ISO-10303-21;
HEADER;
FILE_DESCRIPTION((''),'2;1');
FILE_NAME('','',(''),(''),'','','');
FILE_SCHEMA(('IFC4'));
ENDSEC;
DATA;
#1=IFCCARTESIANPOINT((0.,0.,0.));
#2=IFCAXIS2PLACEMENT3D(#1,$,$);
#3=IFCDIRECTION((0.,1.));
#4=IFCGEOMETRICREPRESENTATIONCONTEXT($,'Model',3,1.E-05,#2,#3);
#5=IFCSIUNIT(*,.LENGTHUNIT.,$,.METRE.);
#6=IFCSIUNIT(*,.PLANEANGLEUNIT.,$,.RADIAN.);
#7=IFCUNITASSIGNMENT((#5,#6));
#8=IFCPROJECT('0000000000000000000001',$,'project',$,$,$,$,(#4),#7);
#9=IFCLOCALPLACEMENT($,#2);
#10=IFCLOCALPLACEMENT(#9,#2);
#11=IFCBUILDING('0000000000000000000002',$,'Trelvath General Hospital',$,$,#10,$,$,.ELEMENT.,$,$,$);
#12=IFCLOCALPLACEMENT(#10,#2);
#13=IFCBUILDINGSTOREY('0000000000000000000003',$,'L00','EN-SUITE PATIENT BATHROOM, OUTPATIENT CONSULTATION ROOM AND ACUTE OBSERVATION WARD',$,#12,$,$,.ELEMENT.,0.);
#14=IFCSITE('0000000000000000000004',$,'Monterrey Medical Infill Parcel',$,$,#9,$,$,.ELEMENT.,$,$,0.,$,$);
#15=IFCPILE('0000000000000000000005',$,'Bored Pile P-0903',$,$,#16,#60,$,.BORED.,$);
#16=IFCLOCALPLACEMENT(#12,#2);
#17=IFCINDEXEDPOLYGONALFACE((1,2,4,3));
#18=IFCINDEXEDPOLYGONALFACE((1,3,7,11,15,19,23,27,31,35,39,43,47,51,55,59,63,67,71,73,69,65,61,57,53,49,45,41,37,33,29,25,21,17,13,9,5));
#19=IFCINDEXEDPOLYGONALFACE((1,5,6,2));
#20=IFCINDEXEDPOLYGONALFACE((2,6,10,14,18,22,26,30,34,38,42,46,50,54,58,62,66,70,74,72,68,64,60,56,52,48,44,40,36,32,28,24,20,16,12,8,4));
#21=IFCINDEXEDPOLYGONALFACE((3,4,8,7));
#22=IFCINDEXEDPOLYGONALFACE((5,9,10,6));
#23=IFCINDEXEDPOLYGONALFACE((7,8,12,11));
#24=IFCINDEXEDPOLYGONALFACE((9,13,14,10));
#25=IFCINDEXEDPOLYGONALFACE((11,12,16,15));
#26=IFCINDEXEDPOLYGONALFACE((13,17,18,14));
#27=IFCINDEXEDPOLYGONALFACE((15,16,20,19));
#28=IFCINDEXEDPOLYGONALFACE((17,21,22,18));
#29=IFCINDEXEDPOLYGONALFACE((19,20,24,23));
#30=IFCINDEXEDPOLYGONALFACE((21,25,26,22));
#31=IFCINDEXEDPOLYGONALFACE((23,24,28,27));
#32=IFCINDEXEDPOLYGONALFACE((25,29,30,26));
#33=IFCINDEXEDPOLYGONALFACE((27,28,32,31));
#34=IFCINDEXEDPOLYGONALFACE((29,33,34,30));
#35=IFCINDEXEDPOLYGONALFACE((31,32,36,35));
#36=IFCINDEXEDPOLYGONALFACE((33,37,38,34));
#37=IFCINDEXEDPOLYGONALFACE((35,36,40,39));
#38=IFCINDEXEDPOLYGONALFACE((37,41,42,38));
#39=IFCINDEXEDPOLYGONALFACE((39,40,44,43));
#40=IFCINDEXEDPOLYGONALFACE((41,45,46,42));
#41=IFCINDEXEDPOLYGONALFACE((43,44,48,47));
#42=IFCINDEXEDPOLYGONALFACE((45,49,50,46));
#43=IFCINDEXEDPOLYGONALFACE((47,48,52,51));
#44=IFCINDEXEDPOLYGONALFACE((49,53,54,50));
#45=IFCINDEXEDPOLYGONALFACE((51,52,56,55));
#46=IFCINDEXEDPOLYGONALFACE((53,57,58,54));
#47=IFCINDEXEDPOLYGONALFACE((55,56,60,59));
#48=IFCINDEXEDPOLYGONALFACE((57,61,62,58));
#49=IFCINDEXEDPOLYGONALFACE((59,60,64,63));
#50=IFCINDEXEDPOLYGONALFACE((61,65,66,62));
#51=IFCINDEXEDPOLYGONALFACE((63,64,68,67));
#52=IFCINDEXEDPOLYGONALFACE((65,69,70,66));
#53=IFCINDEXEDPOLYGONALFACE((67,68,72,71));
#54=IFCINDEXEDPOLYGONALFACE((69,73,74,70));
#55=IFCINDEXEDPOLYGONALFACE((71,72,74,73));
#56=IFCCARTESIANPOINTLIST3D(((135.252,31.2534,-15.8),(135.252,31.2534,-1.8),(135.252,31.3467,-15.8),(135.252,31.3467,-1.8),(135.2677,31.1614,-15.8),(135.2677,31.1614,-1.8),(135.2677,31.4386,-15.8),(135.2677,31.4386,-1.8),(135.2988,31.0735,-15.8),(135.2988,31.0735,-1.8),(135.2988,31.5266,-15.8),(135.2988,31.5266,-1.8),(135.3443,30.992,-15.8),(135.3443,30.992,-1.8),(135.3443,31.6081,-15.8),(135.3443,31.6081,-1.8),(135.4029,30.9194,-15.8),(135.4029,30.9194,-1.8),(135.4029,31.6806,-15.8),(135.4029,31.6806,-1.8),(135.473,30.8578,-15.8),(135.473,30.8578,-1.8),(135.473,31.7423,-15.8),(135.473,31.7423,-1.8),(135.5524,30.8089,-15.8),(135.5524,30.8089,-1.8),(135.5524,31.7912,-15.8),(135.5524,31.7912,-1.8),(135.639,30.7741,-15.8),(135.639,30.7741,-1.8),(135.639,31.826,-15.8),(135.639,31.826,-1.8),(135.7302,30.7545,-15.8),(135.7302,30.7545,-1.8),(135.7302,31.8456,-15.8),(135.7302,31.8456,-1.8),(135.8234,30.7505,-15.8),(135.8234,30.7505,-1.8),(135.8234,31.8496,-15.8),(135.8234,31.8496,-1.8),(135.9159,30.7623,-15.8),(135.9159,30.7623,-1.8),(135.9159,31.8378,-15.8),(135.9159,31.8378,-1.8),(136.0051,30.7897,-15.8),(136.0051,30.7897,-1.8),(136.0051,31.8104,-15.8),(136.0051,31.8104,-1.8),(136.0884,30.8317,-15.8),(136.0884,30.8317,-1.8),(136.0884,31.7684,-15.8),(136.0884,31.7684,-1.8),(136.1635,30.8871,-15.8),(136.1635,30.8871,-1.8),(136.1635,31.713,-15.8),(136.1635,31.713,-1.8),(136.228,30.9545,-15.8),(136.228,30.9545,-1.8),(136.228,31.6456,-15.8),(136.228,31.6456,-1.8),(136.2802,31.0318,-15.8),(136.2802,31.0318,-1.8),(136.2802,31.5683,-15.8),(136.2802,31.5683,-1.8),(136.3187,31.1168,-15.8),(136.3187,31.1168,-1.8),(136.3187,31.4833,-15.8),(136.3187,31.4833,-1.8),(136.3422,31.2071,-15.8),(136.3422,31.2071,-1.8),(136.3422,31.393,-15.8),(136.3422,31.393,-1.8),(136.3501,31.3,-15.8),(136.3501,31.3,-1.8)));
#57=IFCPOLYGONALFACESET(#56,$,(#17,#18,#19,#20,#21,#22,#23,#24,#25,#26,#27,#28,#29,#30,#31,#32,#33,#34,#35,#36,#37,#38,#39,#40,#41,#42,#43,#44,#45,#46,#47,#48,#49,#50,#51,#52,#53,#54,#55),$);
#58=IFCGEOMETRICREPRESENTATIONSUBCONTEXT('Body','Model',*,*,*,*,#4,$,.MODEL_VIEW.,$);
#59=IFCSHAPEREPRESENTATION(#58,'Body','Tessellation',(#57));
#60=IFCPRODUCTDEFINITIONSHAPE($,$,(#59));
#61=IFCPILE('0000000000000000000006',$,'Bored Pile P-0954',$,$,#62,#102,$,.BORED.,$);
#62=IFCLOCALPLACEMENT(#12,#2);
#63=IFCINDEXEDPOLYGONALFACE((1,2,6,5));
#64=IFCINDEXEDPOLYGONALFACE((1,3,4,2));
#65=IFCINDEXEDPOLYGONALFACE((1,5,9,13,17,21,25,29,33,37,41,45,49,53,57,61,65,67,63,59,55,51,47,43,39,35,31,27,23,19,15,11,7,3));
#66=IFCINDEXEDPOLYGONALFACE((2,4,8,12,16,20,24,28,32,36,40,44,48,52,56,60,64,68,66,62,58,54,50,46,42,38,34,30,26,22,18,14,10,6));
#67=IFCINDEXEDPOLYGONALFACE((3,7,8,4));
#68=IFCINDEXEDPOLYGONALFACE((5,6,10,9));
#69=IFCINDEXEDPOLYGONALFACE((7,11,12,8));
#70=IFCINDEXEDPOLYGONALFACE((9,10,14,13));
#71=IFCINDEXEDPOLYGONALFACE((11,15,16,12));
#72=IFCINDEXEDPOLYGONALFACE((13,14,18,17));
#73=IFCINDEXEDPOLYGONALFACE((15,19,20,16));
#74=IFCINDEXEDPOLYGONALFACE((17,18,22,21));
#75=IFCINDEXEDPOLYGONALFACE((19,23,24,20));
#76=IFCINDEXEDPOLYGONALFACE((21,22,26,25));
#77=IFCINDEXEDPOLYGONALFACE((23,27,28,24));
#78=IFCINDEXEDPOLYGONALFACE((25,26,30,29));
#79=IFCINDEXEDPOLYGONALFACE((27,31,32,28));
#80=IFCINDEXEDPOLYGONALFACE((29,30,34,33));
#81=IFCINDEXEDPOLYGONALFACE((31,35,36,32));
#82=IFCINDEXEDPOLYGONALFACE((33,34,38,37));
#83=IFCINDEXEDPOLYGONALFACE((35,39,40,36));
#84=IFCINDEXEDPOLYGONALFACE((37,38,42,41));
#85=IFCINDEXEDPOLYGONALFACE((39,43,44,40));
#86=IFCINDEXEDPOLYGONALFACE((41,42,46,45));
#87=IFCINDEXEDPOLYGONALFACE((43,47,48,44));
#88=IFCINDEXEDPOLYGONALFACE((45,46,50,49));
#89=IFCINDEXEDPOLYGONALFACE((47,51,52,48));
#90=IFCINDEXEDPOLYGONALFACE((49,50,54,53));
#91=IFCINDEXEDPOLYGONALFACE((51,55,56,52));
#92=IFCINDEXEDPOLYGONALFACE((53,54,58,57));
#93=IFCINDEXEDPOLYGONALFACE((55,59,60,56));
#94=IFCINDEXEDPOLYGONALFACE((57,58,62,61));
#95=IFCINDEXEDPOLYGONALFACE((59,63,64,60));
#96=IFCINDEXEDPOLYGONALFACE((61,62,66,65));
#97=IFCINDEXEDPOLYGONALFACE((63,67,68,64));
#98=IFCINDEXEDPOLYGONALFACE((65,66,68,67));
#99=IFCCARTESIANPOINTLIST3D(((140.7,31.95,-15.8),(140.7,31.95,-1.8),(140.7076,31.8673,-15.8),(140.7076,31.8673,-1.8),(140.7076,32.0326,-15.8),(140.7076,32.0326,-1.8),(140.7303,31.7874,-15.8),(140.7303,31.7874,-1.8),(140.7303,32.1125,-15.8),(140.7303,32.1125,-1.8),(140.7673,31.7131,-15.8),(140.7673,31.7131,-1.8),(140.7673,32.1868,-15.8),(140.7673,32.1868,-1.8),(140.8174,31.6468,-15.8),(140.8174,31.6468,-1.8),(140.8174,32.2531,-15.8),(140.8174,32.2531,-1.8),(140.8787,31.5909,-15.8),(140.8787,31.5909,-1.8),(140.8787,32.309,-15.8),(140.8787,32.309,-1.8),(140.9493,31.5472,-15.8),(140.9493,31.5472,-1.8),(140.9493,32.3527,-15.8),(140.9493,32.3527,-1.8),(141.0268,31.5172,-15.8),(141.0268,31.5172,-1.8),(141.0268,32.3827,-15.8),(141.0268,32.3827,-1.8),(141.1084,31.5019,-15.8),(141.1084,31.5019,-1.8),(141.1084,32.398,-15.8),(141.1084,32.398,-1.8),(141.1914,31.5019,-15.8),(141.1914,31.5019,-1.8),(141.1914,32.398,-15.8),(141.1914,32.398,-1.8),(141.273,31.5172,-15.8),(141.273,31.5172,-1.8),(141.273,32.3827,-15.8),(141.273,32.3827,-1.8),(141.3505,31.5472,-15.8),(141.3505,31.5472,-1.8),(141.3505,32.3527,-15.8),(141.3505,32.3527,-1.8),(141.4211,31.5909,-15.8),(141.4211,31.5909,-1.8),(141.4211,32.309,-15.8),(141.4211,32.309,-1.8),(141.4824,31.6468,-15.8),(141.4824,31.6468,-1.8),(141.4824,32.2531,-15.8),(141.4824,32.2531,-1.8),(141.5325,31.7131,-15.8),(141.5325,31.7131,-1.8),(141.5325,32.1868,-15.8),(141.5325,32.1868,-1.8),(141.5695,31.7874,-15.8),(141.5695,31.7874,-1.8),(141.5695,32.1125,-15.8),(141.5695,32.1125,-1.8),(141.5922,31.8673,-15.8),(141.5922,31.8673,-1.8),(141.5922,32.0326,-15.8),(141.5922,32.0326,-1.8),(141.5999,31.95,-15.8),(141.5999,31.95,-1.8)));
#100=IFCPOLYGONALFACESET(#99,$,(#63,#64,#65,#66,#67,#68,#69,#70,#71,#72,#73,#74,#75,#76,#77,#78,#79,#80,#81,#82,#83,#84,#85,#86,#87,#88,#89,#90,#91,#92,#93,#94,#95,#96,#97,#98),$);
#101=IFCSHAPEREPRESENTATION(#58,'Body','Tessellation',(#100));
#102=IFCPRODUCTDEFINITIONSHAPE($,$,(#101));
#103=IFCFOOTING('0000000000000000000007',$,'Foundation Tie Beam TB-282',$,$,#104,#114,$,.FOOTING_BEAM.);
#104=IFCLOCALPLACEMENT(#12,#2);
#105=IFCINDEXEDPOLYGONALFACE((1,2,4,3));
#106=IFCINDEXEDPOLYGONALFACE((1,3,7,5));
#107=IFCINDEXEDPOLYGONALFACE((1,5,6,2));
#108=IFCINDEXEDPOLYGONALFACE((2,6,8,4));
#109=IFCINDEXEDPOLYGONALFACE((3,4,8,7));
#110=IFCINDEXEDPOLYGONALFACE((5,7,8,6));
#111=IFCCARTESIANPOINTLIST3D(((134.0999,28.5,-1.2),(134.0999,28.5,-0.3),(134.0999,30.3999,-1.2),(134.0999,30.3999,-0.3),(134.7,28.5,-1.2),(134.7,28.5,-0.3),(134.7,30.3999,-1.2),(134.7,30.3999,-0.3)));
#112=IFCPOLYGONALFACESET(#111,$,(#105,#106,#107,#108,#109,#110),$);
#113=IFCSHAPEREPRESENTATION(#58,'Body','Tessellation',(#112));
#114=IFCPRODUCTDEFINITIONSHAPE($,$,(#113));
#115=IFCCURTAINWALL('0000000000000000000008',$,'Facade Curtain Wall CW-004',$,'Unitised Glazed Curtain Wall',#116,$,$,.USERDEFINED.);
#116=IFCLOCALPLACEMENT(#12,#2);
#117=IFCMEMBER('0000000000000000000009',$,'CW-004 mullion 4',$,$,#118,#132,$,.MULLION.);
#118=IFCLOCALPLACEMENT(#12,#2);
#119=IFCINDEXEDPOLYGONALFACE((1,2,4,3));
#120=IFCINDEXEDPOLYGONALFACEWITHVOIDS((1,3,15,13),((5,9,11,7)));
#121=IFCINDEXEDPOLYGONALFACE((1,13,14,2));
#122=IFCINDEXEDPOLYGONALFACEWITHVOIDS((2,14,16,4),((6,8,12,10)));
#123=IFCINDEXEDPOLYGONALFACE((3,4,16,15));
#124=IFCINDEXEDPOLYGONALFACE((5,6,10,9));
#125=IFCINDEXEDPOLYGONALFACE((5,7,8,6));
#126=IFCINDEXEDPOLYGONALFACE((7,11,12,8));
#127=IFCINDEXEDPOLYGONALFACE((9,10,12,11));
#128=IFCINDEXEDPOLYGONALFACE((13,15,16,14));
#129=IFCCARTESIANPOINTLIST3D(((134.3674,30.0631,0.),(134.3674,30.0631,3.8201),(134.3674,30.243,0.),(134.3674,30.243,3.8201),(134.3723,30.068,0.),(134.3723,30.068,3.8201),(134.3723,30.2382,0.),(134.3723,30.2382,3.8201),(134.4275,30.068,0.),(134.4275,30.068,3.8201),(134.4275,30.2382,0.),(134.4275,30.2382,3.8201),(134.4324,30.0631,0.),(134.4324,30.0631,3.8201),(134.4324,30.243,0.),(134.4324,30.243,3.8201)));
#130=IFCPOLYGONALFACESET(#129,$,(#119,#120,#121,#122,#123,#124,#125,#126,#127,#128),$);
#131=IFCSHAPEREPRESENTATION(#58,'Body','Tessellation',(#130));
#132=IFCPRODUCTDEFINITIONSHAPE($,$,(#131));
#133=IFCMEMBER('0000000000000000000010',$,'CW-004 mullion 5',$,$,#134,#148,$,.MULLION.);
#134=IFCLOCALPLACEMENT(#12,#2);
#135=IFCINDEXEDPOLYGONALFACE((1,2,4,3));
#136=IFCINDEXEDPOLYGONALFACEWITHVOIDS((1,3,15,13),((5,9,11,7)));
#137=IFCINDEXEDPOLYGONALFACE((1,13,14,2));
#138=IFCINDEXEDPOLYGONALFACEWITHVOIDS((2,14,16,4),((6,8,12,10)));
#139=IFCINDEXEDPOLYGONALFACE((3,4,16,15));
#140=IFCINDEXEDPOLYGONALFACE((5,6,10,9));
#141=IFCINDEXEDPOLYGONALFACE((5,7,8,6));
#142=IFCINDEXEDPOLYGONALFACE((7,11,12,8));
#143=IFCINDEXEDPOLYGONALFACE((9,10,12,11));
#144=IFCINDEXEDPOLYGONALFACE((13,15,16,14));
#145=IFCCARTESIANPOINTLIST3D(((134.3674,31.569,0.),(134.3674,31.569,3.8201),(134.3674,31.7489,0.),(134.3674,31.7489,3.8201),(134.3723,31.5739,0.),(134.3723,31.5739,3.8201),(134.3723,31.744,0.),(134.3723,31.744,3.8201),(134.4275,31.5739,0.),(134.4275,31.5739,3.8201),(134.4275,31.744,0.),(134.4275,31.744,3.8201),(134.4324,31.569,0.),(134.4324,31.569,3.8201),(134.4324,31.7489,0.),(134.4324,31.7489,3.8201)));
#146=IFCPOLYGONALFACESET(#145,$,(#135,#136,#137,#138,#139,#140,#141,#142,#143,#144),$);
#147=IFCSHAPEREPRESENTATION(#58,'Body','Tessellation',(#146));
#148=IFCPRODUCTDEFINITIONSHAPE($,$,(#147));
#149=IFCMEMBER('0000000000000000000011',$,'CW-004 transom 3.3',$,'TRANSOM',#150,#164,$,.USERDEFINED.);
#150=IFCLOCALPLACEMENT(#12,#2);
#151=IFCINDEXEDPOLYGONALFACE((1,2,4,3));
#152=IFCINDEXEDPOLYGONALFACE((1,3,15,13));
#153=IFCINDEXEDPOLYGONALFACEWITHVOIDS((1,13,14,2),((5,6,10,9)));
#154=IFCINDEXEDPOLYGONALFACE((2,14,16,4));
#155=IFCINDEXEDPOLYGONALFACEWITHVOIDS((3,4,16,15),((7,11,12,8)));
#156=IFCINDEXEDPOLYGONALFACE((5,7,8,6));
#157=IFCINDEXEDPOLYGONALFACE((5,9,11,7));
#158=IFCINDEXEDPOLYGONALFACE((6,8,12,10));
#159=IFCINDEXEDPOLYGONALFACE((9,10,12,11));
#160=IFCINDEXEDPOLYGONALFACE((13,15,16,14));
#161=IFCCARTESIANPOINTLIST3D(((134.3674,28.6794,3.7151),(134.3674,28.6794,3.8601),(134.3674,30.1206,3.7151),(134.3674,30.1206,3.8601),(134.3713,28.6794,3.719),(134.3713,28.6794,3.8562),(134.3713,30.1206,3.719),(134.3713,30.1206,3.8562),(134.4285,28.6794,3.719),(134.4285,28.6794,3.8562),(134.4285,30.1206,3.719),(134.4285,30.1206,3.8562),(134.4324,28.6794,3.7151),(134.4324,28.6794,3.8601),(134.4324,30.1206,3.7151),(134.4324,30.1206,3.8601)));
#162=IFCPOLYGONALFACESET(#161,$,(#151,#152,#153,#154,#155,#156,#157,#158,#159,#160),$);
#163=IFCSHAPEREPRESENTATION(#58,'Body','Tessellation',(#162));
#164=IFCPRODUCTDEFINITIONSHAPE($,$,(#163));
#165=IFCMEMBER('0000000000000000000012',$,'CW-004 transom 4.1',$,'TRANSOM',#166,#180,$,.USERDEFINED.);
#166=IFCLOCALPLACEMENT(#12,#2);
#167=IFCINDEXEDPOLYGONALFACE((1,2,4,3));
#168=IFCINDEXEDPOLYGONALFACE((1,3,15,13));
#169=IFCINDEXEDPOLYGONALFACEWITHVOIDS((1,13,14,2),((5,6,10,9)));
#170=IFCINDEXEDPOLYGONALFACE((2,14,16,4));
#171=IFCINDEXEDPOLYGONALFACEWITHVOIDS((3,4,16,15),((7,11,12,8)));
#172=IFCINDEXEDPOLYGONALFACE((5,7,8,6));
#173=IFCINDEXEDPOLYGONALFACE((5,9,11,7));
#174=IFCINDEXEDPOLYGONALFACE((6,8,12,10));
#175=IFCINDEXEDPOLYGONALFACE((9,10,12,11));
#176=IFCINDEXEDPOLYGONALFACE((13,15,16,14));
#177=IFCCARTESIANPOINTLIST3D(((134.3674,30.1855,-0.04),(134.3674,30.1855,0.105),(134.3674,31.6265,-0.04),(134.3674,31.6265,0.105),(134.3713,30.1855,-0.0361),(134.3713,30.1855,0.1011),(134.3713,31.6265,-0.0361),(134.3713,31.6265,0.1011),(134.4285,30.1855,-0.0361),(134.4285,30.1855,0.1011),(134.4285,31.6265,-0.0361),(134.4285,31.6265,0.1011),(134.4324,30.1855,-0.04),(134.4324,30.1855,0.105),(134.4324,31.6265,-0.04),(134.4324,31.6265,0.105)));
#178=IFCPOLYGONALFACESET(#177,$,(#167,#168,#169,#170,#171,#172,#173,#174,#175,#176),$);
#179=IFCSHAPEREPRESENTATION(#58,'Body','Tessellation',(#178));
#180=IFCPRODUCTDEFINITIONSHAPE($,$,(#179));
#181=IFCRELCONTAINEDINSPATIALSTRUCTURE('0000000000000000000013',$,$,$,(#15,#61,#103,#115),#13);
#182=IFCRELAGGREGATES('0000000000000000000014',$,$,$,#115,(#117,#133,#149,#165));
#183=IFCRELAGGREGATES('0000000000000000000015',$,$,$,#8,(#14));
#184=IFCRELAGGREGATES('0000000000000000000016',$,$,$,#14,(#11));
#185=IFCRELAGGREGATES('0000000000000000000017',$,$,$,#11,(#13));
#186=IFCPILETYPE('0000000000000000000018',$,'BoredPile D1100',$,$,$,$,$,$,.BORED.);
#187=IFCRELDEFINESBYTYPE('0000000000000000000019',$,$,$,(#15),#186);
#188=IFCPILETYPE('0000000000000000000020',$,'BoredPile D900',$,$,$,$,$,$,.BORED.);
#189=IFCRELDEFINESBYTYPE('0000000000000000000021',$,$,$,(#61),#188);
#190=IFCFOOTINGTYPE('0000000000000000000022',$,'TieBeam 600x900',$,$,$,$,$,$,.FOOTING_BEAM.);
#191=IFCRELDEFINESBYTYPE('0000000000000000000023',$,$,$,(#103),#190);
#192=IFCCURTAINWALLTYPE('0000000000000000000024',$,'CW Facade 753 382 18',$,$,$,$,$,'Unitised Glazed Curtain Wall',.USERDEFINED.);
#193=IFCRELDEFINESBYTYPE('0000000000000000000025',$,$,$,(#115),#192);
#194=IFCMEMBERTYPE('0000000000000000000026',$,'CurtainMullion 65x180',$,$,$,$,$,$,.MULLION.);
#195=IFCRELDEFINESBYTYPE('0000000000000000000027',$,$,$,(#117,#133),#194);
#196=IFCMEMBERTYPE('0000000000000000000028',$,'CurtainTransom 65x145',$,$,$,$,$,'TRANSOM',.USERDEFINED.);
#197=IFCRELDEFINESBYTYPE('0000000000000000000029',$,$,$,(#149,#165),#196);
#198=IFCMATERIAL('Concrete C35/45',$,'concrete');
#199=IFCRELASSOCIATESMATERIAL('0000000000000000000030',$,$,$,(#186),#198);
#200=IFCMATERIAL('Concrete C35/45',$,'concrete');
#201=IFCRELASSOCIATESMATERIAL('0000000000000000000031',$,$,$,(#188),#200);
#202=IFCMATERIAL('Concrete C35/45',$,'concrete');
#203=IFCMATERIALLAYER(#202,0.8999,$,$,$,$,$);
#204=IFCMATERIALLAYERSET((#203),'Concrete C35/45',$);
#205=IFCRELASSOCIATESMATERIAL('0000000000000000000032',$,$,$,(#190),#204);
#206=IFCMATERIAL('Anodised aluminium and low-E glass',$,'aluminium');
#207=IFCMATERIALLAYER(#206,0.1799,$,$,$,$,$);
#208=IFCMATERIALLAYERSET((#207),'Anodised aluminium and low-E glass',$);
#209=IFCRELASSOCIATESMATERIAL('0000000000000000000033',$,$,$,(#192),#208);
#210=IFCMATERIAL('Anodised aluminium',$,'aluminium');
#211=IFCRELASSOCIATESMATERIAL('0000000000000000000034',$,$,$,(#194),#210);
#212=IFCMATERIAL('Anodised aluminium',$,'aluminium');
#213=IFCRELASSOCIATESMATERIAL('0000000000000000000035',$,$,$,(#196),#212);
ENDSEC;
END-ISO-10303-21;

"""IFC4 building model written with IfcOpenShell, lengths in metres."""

from ifc_helpers import new_model, si_unit, direction, frame, origin, origin_2d, place, context, subcontext, project, spatial, rectangle, hollow_rectangle, circle, extrude, material, layer, layer_set, material_profile, profile_set, type_object, element, aggregate, save


model = new_model("IFC4")

# Units and contexts
model_context = context("Model", 3, precision=1e-05, world=origin(), true_north=direction((0.0, 1.0)))
body_context = subcontext(model_context, "Body", "Model", "MODEL_VIEW")
ifc_project = project(units=[si_unit("LENGTHUNIT", "METRE"), si_unit("PLANEANGLEUNIT", "RADIAN")], contexts=[model_context])

# Site, building, storey
site_placement = place(None, origin())
site = spatial("IfcSite", under=ifc_project, at=site_placement, Name="Monterrey Medical Infill Parcel", CompositionType="ELEMENT", RefElevation=0.0)
building_placement = place(site_placement, origin())
building = spatial("IfcBuilding", under=site, at=building_placement, Name="Trelvath General Hospital", CompositionType="ELEMENT")
storey_placement = place(building_placement, origin())
storey = spatial("IfcBuildingStorey", under=building, at=storey_placement, Name="L00", Description="EN-SUITE PATIENT BATHROOM, OUTPATIENT CONSULTATION ROOM AND ACUTE OBSERVATION WARD", CompositionType="ELEMENT", Elevation=0.0)

# Piles
ifc_material_1 = material(Name="Concrete C35/45", Category="concrete")
ifc_material_profile_1 = material_profile(ifc_material_1, circle(Radius=0.55, at=origin_2d()), Name="PILE1100")
ifc_profile_set_1 = profile_set([ifc_material_profile_1], Name="Concrete C35/45")
pile_type_1 = type_object("IfcPileType", Name="BoredPile D1100", PredefinedType="BORED", material=ifc_profile_set_1)
pile_1_placement = place(storey_placement, frame((135.8, 31.3, -1.8), z_axis=(0.0, 0.0, -1.0), x_axis=(1.0, 0.0, 0.0)))
element("IfcPile", 1, at=pile_1_placement, inside=storey, type_object=pile_type_1, Name="Bored Pile P-0903", PredefinedType="BORED", context=body_context, shape_type="SweptSolid", body=[
    extrude(circle(Radius=0.55, at=origin_2d()), origin(), (0.0, 0.0, 1.0), 14.0),
])
ifc_material_2 = material(Name="Concrete C35/45", Category="concrete")
ifc_material_profile_2 = material_profile(ifc_material_2, circle(Radius=0.45, at=origin_2d()), Name="PILE900")
ifc_profile_set_2 = profile_set([ifc_material_profile_2], Name="Concrete C35/45")
pile_type_2 = type_object("IfcPileType", Name="BoredPile D900", PredefinedType="BORED", material=ifc_profile_set_2)
pile_2_placement = place(storey_placement, frame((141.1499, 31.95, -1.8), z_axis=(0.0, 0.0, -1.0), x_axis=(1.0, 0.0, 0.0)))
element("IfcPile", 2, at=pile_2_placement, inside=storey, type_object=pile_type_2, Name="Bored Pile P-0954", PredefinedType="BORED", context=body_context, shape_type="SweptSolid", body=[
    extrude(circle(Radius=0.45, at=origin_2d()), origin(), (0.0, 0.0, 1.0), 14.0),
])

# Footing
ifc_material_3 = material(Name="Concrete C35/45", Category="concrete")
ifc_layer_1 = layer(ifc_material_3, 0.8999)
ifc_layer_set_1 = layer_set([ifc_layer_1], Name="Concrete C35/45")
footing_type = type_object("IfcFootingType", Name="TieBeam 600x900", PredefinedType="FOOTING_BEAM", material=ifc_layer_set_1)
footing_placement = place(storey_placement, frame((134.3999, 29.45, -1.2), z_axis=(0.0, 0.0, 1.0), x_axis=(1.0, 0.0, 0.0)))
element("IfcFooting", 3, at=footing_placement, inside=storey, type_object=footing_type, Name="Foundation Tie Beam TB-282", PredefinedType="FOOTING_BEAM", context=body_context, shape_type="SweptSolid", body=[
    extrude(rectangle(XDim=0.6001, YDim=1.8999, at=origin_2d()), origin(), (0.0, 0.0, 1.0), 0.8999),
])

# Curtain wall, members
ifc_material_4 = material(Name="Anodised aluminium and low-E glass", Category="aluminium")
ifc_layer_2 = layer(ifc_material_4, 0.1799)
ifc_layer_set_2 = layer_set([ifc_layer_2], Name="Anodised aluminium and low-E glass")
curtain_wall_type = type_object("IfcCurtainWallType", Name="CW Facade 753 382 18", ElementType="Unitised Glazed Curtain Wall", PredefinedType="USERDEFINED", material=ifc_layer_set_2)
curtain_wall_placement = place(storey_placement, origin())
curtain_wall = element("IfcCurtainWall", 4, at=curtain_wall_placement, inside=storey, type_object=curtain_wall_type, Name="Facade Curtain Wall CW-004", ObjectType="Unitised Glazed Curtain Wall", PredefinedType="USERDEFINED")
ifc_material_5 = material(Name="Anodised aluminium", Category="aluminium")
ifc_material_profile_3 = material_profile(ifc_material_5, hollow_rectangle(XDim=0.0649, YDim=0.1799, WallThickness=0.0049, at=origin_2d()), Name="RHS65x180x5")
ifc_profile_set_3 = profile_set([ifc_material_profile_3], Name="Anodised aluminium")
member_type_1 = type_object("IfcMemberType", Name="CurtainMullion 65x180", PredefinedType="MULLION", material=ifc_profile_set_3)
member_1_placement = place(storey_placement, frame((134.3999, 30.1531, 0.0), z_axis=(0.0, 0.0, 1.0), x_axis=(-1.0, 0.0, 0.0)))
member_1 = element("IfcMember", 5, at=member_1_placement, type_object=member_type_1, Name="CW-004 mullion 4", PredefinedType="MULLION", context=body_context, shape_type="SweptSolid", body=[
    extrude(hollow_rectangle(XDim=0.0649, YDim=0.1799, WallThickness=0.0049, at=origin_2d()), origin(), (0.0, 0.0, 1.0), 3.8201),
])
member_2_placement = place(storey_placement, frame((134.3999, 31.6589, 0.0), z_axis=(0.0, 0.0, 1.0), x_axis=(-1.0, 0.0, 0.0)))
member_2 = element("IfcMember", 6, at=member_2_placement, type_object=member_type_1, Name="CW-004 mullion 5", PredefinedType="MULLION", context=body_context, shape_type="SweptSolid", body=[
    extrude(hollow_rectangle(XDim=0.0649, YDim=0.1799, WallThickness=0.0049, at=origin_2d()), origin(), (0.0, 0.0, 1.0), 3.8201),
])
ifc_material_6 = material(Name="Anodised aluminium", Category="aluminium")
ifc_material_profile_4 = material_profile(ifc_material_6, hollow_rectangle(XDim=0.0649, YDim=0.145, WallThickness=0.0039, at=origin_2d()), Name="RHS65x145x4")
ifc_profile_set_4 = profile_set([ifc_material_profile_4], Name="Anodised aluminium")
member_type_2 = type_object("IfcMemberType", Name="CurtainTransom 65x145", ElementType="TRANSOM", PredefinedType="USERDEFINED", material=ifc_profile_set_4)
member_3_placement = place(storey_placement, frame((134.3999, 28.6794, 3.7876), z_axis=(0.0, 1.0, 0.0), x_axis=(-1.0, 0.0, 0.0)))
member_3 = element("IfcMember", 7, at=member_3_placement, type_object=member_type_2, Name="CW-004 transom 3.3", ObjectType="TRANSOM", PredefinedType="USERDEFINED", context=body_context, shape_type="SweptSolid", body=[
    extrude(hollow_rectangle(XDim=0.0649, YDim=0.145, WallThickness=0.0039, at=origin_2d()), origin(), (0.0, 0.0, 1.0), 1.4412),
])
member_4_placement = place(storey_placement, frame((134.3999, 30.1855, 0.0325), z_axis=(0.0, 1.0, 0.0), x_axis=(-1.0, 0.0, 0.0)))
member_4 = element("IfcMember", 8, at=member_4_placement, type_object=member_type_2, Name="CW-004 transom 4.1", ObjectType="TRANSOM", PredefinedType="USERDEFINED", context=body_context, shape_type="SweptSolid", body=[
    extrude(hollow_rectangle(XDim=0.0649, YDim=0.145, WallThickness=0.0039, at=origin_2d()), origin(), (0.0, 0.0, 1.0), 1.4409),
])
aggregate(curtain_wall, [member_1, member_2, member_3, member_4])

save(model, "model.ifc")
